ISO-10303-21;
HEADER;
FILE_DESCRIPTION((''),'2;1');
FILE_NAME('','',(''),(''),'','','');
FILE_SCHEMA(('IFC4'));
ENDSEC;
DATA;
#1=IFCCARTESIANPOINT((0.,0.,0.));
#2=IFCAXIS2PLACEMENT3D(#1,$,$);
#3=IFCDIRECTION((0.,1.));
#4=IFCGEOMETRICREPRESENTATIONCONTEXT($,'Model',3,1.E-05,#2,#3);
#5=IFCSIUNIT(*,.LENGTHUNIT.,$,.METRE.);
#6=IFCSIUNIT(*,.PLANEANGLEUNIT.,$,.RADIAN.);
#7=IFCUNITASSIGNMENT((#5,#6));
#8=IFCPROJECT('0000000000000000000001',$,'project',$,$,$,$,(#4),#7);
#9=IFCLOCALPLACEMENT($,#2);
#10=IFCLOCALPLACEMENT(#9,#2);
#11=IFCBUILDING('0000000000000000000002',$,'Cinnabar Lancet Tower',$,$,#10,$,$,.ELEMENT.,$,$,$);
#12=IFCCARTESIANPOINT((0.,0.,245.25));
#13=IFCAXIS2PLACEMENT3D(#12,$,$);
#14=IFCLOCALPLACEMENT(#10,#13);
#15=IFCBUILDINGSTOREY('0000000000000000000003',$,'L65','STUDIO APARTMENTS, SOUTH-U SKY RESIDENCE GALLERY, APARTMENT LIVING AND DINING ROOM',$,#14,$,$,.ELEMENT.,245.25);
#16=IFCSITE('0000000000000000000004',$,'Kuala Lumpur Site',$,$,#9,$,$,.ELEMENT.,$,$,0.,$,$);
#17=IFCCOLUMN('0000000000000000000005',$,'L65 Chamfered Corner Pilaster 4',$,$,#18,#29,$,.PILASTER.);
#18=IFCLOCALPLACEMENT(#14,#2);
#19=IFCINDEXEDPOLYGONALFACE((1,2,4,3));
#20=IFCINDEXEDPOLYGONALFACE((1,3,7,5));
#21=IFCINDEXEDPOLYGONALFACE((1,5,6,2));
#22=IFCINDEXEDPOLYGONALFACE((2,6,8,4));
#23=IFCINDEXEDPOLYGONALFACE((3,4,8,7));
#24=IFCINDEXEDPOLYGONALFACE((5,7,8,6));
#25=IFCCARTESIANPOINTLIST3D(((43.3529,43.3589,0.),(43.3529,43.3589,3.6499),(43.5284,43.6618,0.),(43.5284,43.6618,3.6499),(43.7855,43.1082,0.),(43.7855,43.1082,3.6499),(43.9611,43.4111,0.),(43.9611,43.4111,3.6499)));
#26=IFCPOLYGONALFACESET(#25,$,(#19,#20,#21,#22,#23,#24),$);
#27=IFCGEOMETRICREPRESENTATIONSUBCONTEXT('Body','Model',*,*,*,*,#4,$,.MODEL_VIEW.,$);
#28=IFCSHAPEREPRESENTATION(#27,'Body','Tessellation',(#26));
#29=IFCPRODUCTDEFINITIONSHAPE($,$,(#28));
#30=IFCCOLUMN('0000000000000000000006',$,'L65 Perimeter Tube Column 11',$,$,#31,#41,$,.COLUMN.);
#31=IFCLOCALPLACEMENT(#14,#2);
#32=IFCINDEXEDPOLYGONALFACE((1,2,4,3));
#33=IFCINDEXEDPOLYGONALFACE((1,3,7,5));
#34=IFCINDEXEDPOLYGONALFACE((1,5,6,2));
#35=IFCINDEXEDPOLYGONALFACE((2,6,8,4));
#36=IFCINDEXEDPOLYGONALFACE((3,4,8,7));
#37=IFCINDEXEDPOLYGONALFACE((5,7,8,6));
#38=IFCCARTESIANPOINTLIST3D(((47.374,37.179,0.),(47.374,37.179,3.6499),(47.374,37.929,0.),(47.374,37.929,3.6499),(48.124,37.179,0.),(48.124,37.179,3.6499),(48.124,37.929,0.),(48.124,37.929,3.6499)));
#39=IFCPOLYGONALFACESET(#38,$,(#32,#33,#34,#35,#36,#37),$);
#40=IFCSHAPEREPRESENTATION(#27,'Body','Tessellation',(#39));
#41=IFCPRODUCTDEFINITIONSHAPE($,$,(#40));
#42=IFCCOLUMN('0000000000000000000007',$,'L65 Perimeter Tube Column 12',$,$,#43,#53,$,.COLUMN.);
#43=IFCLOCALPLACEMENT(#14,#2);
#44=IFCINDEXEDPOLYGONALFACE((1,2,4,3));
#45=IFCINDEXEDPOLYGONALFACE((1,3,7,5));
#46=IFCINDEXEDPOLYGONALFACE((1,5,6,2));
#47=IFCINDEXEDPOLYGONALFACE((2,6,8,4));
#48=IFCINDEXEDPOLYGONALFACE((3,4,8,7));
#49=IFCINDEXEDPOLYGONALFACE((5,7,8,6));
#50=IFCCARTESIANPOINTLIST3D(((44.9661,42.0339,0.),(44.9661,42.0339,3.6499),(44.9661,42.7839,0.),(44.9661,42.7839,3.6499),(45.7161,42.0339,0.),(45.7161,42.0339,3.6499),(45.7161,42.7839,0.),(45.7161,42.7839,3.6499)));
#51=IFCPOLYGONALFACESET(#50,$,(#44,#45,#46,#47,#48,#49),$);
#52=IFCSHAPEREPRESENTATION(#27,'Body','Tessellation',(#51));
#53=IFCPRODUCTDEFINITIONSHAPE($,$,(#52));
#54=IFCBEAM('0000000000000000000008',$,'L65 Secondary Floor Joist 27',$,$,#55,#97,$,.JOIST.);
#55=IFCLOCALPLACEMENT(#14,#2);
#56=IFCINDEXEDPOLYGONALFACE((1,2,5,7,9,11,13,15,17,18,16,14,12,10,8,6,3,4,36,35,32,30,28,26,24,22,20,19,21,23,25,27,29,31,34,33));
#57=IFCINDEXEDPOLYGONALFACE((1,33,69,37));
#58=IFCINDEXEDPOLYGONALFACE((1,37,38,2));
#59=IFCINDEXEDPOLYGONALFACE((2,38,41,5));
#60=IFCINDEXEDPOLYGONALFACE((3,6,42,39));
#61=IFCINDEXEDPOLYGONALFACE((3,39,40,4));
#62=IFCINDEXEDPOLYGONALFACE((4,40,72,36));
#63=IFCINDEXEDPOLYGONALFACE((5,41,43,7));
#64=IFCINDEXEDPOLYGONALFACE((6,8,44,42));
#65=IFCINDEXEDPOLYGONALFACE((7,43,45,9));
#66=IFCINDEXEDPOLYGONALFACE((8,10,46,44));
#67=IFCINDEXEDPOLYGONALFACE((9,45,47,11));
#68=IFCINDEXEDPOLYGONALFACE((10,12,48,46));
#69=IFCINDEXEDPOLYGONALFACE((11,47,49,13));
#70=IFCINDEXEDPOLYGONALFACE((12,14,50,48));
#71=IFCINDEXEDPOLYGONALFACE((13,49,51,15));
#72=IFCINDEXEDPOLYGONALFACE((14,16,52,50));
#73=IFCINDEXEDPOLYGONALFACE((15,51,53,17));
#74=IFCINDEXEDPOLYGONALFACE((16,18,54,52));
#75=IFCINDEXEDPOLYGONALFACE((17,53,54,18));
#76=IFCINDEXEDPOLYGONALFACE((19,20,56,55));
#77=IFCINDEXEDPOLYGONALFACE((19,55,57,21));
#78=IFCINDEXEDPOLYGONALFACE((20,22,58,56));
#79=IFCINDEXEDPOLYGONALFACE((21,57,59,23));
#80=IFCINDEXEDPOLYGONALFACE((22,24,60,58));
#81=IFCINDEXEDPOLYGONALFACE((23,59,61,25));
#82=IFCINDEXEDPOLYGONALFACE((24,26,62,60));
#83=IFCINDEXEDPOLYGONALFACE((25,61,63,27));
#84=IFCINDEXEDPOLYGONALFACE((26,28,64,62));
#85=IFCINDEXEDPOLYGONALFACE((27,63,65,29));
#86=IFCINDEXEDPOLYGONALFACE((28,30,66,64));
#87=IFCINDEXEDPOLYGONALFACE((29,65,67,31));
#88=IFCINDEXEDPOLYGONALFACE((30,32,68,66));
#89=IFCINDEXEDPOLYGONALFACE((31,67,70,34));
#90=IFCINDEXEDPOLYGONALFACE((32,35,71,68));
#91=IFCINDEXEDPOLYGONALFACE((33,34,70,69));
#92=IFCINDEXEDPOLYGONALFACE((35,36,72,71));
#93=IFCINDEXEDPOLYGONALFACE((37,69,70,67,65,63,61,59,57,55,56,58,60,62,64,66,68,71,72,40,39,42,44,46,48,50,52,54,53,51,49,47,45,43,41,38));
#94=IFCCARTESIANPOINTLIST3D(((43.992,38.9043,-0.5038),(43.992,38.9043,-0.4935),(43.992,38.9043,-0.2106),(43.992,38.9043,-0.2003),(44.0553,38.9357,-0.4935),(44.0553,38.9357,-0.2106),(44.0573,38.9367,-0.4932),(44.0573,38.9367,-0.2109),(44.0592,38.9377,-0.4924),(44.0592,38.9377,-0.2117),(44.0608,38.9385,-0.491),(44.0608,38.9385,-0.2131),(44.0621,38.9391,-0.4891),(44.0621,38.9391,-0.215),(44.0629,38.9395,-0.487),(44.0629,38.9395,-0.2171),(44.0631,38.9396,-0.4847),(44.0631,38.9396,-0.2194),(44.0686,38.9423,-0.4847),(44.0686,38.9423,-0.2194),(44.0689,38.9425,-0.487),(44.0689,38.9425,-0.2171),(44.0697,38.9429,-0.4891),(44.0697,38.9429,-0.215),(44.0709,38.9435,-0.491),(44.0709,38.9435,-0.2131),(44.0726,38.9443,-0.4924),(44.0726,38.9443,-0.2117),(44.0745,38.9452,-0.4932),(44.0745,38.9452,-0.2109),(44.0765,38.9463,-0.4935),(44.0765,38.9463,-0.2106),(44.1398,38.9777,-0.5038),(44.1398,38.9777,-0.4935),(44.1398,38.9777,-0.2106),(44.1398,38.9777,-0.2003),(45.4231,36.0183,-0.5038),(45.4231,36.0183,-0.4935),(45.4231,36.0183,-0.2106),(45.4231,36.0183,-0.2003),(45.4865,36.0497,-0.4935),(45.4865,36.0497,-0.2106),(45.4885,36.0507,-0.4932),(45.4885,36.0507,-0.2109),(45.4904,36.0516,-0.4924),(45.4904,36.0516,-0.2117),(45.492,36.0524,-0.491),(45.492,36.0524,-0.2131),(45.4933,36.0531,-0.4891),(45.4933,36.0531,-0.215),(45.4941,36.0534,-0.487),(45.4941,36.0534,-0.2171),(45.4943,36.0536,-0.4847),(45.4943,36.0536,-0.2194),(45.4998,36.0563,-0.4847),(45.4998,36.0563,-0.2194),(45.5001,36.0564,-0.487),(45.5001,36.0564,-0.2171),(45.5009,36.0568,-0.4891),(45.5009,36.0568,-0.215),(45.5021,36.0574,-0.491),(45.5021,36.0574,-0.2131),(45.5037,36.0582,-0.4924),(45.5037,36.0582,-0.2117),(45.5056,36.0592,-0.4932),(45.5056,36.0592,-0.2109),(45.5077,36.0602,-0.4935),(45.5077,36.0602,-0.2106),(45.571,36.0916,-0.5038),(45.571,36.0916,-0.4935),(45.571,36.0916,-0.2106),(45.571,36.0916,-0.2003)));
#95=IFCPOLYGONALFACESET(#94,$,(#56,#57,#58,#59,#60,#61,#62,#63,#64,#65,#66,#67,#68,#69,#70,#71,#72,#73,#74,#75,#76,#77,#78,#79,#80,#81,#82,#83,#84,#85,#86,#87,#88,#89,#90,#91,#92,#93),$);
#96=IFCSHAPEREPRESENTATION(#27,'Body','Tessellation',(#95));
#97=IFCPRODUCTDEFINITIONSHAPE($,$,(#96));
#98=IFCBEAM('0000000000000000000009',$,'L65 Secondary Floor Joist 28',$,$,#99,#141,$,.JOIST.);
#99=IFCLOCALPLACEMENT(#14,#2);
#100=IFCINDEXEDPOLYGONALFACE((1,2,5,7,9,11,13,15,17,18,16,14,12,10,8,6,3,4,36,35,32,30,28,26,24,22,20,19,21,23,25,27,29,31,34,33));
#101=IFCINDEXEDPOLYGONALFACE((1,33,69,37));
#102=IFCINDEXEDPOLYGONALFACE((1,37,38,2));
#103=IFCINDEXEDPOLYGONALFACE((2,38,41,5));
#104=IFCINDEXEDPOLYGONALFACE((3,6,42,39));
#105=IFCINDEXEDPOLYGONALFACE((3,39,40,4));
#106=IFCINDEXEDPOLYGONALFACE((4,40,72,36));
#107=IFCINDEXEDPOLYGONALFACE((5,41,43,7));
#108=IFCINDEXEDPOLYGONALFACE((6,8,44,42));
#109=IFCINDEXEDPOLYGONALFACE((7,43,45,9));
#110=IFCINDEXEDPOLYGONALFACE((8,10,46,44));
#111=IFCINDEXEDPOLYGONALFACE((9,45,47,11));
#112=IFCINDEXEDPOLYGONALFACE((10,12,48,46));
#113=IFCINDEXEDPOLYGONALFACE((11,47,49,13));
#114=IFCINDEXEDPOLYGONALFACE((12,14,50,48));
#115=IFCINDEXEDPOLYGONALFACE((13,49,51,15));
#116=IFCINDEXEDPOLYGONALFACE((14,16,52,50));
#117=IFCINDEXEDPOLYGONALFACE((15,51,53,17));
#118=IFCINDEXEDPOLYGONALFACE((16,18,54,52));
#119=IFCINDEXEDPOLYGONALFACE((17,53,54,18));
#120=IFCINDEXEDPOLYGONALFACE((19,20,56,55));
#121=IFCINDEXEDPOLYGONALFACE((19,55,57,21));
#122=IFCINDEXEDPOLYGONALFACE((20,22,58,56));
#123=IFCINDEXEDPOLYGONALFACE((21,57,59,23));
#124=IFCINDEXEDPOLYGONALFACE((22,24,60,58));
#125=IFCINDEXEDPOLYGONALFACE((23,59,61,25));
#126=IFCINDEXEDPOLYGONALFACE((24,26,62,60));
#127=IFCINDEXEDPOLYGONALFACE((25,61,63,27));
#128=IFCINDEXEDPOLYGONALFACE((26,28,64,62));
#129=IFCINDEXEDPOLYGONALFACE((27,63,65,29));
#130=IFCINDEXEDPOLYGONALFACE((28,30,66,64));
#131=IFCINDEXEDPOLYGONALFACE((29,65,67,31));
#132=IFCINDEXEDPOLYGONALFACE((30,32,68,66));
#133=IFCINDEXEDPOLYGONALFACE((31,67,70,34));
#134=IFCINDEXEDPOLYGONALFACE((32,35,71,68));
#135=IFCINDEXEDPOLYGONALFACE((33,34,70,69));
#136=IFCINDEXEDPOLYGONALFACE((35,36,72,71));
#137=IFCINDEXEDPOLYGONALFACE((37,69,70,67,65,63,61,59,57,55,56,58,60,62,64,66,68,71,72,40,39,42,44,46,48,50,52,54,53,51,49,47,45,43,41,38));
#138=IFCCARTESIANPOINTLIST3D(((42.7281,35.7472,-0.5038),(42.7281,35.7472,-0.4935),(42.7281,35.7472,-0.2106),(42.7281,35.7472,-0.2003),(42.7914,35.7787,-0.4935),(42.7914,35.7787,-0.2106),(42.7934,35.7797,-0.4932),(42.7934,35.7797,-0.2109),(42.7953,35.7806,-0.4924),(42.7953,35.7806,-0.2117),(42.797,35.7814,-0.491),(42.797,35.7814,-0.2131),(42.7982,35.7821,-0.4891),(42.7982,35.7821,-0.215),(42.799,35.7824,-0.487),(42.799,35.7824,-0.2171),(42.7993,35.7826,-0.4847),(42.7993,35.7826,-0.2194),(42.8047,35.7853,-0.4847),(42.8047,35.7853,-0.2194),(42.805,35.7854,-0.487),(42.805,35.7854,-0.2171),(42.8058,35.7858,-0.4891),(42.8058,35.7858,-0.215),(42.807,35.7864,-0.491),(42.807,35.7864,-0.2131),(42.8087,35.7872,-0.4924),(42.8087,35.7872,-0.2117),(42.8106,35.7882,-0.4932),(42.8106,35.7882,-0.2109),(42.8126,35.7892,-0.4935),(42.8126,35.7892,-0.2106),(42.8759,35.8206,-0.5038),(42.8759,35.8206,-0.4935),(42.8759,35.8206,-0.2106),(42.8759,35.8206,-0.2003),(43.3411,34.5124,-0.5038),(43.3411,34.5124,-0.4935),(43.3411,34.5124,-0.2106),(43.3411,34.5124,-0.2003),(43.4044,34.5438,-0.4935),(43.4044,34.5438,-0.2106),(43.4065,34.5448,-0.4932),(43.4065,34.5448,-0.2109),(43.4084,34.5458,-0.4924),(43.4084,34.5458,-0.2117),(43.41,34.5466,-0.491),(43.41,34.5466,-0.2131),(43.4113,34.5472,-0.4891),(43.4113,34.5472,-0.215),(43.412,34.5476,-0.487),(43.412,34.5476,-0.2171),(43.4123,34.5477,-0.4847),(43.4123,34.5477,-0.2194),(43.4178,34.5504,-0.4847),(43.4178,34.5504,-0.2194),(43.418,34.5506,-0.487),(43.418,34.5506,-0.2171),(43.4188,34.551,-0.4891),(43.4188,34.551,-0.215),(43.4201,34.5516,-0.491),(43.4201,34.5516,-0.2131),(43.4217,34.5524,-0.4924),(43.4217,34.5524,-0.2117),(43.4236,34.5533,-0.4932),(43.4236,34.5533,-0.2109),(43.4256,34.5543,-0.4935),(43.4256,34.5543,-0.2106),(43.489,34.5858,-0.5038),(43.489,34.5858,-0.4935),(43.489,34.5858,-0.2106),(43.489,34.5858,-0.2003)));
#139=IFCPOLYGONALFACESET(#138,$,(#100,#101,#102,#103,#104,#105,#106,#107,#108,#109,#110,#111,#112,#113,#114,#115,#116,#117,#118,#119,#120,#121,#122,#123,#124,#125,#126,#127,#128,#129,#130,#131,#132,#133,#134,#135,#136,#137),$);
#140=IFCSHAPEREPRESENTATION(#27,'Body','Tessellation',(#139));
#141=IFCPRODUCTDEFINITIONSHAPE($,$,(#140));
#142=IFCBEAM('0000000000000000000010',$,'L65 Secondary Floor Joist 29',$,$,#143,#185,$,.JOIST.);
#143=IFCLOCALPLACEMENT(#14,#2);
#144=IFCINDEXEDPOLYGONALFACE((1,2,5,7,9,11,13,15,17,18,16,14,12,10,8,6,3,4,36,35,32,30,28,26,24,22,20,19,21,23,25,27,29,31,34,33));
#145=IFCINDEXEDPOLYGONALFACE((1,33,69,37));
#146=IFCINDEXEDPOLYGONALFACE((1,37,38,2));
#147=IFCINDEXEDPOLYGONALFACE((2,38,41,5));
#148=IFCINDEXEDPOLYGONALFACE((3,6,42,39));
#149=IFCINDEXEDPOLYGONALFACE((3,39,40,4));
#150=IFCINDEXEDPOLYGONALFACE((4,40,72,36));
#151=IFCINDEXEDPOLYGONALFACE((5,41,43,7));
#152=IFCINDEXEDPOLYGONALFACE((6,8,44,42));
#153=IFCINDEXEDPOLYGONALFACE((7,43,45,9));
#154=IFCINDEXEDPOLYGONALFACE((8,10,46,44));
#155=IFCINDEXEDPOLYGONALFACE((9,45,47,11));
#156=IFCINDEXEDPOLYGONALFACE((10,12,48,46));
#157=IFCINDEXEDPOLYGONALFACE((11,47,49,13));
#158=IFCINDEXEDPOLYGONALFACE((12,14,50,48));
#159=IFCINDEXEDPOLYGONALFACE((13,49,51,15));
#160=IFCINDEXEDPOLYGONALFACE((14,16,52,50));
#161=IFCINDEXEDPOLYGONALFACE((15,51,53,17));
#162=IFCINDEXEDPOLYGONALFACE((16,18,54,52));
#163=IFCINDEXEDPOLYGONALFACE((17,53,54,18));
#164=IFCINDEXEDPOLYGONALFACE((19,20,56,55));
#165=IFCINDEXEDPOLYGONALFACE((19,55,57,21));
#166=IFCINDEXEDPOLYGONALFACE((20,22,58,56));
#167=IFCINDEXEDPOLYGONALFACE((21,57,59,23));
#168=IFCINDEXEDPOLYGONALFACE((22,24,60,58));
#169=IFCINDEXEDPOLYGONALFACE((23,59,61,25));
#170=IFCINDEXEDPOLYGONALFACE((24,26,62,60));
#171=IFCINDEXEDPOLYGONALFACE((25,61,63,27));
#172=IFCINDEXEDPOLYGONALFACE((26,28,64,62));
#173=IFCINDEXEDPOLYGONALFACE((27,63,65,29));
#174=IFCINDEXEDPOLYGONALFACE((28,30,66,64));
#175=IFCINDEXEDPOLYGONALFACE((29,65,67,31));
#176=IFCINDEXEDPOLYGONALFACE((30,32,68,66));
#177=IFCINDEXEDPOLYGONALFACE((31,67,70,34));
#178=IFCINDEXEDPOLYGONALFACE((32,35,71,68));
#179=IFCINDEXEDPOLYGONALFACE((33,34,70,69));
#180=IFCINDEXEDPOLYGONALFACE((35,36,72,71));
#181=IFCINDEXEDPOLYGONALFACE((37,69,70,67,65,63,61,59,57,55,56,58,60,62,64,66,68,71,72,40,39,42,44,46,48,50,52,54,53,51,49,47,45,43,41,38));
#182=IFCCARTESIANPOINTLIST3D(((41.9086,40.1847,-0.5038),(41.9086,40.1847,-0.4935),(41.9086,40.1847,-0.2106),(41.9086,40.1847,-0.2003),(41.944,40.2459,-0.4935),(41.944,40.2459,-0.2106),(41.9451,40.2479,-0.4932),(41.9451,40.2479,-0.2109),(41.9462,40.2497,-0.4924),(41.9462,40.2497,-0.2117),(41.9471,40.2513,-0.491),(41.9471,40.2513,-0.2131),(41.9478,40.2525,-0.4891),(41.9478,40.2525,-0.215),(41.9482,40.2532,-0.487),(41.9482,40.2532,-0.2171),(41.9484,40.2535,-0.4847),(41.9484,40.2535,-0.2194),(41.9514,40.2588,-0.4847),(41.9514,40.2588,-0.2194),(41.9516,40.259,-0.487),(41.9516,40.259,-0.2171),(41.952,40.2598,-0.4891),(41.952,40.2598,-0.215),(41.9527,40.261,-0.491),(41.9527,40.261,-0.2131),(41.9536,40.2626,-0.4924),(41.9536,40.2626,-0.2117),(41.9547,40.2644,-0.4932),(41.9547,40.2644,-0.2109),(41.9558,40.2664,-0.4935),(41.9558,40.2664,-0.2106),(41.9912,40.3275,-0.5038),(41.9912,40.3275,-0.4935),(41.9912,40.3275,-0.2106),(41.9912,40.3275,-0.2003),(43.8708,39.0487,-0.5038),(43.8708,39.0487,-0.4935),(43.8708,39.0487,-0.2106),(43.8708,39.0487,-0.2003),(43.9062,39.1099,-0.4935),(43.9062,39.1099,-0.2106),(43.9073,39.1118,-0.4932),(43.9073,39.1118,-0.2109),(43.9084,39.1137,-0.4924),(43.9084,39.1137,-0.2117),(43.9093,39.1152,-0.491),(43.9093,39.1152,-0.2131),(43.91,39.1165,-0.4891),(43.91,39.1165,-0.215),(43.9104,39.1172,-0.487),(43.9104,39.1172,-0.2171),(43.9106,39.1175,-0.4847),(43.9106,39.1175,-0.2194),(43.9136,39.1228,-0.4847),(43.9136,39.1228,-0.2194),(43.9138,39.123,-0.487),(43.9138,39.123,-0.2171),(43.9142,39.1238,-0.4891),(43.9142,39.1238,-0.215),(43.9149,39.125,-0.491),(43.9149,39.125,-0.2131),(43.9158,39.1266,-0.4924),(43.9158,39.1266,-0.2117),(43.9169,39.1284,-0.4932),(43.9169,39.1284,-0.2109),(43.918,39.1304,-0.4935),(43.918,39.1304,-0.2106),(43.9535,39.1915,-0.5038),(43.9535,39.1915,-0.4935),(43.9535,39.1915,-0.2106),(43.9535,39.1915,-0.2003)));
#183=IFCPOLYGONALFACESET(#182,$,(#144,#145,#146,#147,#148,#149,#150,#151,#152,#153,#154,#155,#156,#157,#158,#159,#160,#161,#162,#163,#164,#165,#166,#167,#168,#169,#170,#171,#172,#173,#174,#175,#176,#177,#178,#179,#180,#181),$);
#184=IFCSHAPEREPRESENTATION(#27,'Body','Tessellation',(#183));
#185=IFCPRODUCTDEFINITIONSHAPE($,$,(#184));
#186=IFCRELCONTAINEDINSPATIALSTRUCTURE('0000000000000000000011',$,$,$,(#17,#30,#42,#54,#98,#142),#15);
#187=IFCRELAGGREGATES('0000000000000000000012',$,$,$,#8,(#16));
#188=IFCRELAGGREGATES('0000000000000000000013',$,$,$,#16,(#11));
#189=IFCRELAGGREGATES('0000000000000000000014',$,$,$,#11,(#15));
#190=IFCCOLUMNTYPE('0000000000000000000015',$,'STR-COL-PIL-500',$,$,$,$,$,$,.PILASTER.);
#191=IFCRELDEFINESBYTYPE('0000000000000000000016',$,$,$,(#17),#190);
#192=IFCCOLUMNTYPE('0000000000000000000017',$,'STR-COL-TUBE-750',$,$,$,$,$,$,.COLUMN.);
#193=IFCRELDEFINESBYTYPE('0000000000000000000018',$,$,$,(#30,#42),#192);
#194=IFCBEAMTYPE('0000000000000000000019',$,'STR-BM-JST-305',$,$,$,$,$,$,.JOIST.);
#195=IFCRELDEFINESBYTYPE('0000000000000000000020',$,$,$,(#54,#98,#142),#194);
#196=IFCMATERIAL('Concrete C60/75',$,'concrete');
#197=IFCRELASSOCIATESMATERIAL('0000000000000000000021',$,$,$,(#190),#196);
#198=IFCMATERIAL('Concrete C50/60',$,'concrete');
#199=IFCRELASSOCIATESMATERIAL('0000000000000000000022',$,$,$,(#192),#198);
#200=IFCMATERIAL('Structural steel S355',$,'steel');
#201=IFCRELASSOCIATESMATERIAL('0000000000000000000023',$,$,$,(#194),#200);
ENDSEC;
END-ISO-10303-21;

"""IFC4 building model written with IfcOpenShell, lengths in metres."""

from ifc_helpers import new_model, si_unit, direction, frame, origin, origin_2d, place, context, subcontext, project, spatial, rectangle, i_section, extrude, material, material_profile, profile_set, type_object, element, save


model = new_model("IFC4")

# Units and contexts
model_context = context("Model", 3, precision=1e-05, world=origin(), true_north=direction((0.0, 1.0)))
body_context = subcontext(model_context, "Body", "Model", "MODEL_VIEW")
ifc_project = project(units=[si_unit("LENGTHUNIT", "METRE"), si_unit("PLANEANGLEUNIT", "RADIAN")], contexts=[model_context])

# Site, building, storey
site_placement = place(None, origin())
site = spatial("IfcSite", under=ifc_project, at=site_placement, Name="Kuala Lumpur Site", CompositionType="ELEMENT", RefElevation=0.0)
building_placement = place(site_placement, origin())
building = spatial("IfcBuilding", under=site, at=building_placement, Name="Cinnabar Lancet Tower", CompositionType="ELEMENT")
storey_placement = place(building_placement, frame((0.0, 0.0, 245.25)))
storey = spatial("IfcBuildingStorey", under=building, at=storey_placement, Name="L65", Description="STUDIO APARTMENTS, SOUTH-U SKY RESIDENCE GALLERY, APARTMENT LIVING AND DINING ROOM", CompositionType="ELEMENT", Elevation=245.25)

# Columns
ifc_material_1 = material(Name="Concrete C60/75", Category="concrete")
ifc_material_profile_1 = material_profile(ifc_material_1, rectangle(XDim=0.5, YDim=0.3501, at=origin_2d()), Name="RC-PIL 500x350")
ifc_profile_set_1 = profile_set([ifc_material_profile_1], Name="Concrete C60/75")
column_type_1 = type_object("IfcColumnType", Name="STR-COL-PIL-500", PredefinedType="PILASTER", material=ifc_profile_set_1)
column_placement = place(storey_placement, frame((43.657, 43.385, 0.0), z_axis=(0.0, 0.0, 1.0), x_axis=(-0.865256, 0.50133, 0.0)))
element("IfcColumn", 1, at=column_placement, inside=storey, type_object=column_type_1, Name="L65 Chamfered Corner Pilaster 4", PredefinedType="PILASTER", context=body_context, shape_type="SweptSolid", body=[
    extrude(rectangle(XDim=0.5, YDim=0.3501, at=origin_2d()), origin(), (0.0, 0.0, 1.0), 3.6499),
])
ifc_material_2 = material(Name="Concrete C50/60", Category="concrete")
ifc_material_profile_2 = material_profile(ifc_material_2, rectangle(XDim=0.75, YDim=0.75, at=origin_2d()), Name="RC-COL 750x750")
ifc_profile_set_2 = profile_set([ifc_material_profile_2], Name="Concrete C50/60")
column_type_2 = type_object("IfcColumnType", Name="STR-COL-TUBE-750", PredefinedType="COLUMN", material=ifc_profile_set_2)
for number, where, z_axis, x_axis, name in (
    (2, (47.749, 37.554, 0.0), (0.0, 0.0, 1.0), (1.0, 0.0, 0.0), "L65 Perimeter Tube Column 11"),
    (3, (45.3411, 42.4089, 0.0), (0.0, 0.0, 1.0), (1.0, 0.0, 0.0), "L65 Perimeter Tube Column 12"),
):
    element("IfcColumn", number, at=place(storey_placement, frame(where, z_axis=z_axis, x_axis=x_axis)), inside=storey, type_object=column_type_2, Name=name, PredefinedType="COLUMN", context=body_context, shape_type="SweptSolid", body=[
        extrude(rectangle(XDim=0.75, YDim=0.75, at=origin_2d()), origin(), (0.0, 0.0, 1.0), 3.6499),
    ])

# Beams
ifc_material_3 = material(Name="Structural steel S355", Category="steel")
ifc_material_profile_3 = material_profile(ifc_material_3, i_section(OverallWidth=0.165, OverallDepth=0.3035, WebThickness=0.0061, FlangeThickness=0.0103, FilletRadius=0.0088, at=origin_2d()), Name="UKB 305x165x40")
ifc_profile_set_3 = profile_set([ifc_material_profile_3], Name="Structural steel S355")
beam_type_1 = type_object("IfcBeamType", Name="STR-BM-JST-305", PredefinedType="JOIST", material=ifc_profile_set_3)
beam_1_placement = place(storey_placement, frame((45.4971, 36.0549, -0.3521), z_axis=(-0.444271, 0.895893, 0.0), x_axis=(-0.895893, -0.444271, 0.0)))
element("IfcBeam", 4, at=beam_1_placement, inside=storey, type_object=beam_type_1, Name="L65 Secondary Floor Joist 27", PredefinedType="JOIST", context=body_context, shape_type="SweptSolid", body=[
    extrude(i_section(OverallWidth=0.165, OverallDepth=0.3035, WebThickness=0.0061, FlangeThickness=0.0103, FilletRadius=0.0088, at=origin_2d()), origin(), (0.0, 0.0, 1.0), 3.2214),
])
beam_2_placement = place(storey_placement, frame((43.415, 34.5491, -0.3521), z_axis=(-0.444662, 0.895699, 0.0), x_axis=(-0.895699, -0.444662, 0.0)))
element("IfcBeam", 5, at=beam_2_placement, inside=storey, type_object=beam_type_1, Name="L65 Secondary Floor Joist 28", PredefinedType="JOIST", context=body_context, shape_type="SweptSolid", body=[
    extrude(i_section(OverallWidth=0.165, OverallDepth=0.3035, WebThickness=0.0061, FlangeThickness=0.0103, FilletRadius=0.0088, at=origin_2d()), origin(), (0.0, 0.0, 1.0), 1.3787),
])
beam_3_placement = place(storey_placement, frame((43.9121, 39.1201, -0.3521), z_axis=(-0.865426, 0.501036, 0.0), x_axis=(-0.501036, -0.865426, 0.0)))
element("IfcBeam", 6, at=beam_3_placement, inside=storey, type_object=beam_type_1, Name="L65 Secondary Floor Joist 29", PredefinedType="JOIST", context=body_context, shape_type="SweptSolid", body=[
    extrude(i_section(OverallWidth=0.165, OverallDepth=0.3035, WebThickness=0.0061, FlangeThickness=0.0103, FilletRadius=0.0088, at=origin_2d()), origin(), (0.0, 0.0, 1.0), 2.2673),
])

save(model, "model.ifc")
